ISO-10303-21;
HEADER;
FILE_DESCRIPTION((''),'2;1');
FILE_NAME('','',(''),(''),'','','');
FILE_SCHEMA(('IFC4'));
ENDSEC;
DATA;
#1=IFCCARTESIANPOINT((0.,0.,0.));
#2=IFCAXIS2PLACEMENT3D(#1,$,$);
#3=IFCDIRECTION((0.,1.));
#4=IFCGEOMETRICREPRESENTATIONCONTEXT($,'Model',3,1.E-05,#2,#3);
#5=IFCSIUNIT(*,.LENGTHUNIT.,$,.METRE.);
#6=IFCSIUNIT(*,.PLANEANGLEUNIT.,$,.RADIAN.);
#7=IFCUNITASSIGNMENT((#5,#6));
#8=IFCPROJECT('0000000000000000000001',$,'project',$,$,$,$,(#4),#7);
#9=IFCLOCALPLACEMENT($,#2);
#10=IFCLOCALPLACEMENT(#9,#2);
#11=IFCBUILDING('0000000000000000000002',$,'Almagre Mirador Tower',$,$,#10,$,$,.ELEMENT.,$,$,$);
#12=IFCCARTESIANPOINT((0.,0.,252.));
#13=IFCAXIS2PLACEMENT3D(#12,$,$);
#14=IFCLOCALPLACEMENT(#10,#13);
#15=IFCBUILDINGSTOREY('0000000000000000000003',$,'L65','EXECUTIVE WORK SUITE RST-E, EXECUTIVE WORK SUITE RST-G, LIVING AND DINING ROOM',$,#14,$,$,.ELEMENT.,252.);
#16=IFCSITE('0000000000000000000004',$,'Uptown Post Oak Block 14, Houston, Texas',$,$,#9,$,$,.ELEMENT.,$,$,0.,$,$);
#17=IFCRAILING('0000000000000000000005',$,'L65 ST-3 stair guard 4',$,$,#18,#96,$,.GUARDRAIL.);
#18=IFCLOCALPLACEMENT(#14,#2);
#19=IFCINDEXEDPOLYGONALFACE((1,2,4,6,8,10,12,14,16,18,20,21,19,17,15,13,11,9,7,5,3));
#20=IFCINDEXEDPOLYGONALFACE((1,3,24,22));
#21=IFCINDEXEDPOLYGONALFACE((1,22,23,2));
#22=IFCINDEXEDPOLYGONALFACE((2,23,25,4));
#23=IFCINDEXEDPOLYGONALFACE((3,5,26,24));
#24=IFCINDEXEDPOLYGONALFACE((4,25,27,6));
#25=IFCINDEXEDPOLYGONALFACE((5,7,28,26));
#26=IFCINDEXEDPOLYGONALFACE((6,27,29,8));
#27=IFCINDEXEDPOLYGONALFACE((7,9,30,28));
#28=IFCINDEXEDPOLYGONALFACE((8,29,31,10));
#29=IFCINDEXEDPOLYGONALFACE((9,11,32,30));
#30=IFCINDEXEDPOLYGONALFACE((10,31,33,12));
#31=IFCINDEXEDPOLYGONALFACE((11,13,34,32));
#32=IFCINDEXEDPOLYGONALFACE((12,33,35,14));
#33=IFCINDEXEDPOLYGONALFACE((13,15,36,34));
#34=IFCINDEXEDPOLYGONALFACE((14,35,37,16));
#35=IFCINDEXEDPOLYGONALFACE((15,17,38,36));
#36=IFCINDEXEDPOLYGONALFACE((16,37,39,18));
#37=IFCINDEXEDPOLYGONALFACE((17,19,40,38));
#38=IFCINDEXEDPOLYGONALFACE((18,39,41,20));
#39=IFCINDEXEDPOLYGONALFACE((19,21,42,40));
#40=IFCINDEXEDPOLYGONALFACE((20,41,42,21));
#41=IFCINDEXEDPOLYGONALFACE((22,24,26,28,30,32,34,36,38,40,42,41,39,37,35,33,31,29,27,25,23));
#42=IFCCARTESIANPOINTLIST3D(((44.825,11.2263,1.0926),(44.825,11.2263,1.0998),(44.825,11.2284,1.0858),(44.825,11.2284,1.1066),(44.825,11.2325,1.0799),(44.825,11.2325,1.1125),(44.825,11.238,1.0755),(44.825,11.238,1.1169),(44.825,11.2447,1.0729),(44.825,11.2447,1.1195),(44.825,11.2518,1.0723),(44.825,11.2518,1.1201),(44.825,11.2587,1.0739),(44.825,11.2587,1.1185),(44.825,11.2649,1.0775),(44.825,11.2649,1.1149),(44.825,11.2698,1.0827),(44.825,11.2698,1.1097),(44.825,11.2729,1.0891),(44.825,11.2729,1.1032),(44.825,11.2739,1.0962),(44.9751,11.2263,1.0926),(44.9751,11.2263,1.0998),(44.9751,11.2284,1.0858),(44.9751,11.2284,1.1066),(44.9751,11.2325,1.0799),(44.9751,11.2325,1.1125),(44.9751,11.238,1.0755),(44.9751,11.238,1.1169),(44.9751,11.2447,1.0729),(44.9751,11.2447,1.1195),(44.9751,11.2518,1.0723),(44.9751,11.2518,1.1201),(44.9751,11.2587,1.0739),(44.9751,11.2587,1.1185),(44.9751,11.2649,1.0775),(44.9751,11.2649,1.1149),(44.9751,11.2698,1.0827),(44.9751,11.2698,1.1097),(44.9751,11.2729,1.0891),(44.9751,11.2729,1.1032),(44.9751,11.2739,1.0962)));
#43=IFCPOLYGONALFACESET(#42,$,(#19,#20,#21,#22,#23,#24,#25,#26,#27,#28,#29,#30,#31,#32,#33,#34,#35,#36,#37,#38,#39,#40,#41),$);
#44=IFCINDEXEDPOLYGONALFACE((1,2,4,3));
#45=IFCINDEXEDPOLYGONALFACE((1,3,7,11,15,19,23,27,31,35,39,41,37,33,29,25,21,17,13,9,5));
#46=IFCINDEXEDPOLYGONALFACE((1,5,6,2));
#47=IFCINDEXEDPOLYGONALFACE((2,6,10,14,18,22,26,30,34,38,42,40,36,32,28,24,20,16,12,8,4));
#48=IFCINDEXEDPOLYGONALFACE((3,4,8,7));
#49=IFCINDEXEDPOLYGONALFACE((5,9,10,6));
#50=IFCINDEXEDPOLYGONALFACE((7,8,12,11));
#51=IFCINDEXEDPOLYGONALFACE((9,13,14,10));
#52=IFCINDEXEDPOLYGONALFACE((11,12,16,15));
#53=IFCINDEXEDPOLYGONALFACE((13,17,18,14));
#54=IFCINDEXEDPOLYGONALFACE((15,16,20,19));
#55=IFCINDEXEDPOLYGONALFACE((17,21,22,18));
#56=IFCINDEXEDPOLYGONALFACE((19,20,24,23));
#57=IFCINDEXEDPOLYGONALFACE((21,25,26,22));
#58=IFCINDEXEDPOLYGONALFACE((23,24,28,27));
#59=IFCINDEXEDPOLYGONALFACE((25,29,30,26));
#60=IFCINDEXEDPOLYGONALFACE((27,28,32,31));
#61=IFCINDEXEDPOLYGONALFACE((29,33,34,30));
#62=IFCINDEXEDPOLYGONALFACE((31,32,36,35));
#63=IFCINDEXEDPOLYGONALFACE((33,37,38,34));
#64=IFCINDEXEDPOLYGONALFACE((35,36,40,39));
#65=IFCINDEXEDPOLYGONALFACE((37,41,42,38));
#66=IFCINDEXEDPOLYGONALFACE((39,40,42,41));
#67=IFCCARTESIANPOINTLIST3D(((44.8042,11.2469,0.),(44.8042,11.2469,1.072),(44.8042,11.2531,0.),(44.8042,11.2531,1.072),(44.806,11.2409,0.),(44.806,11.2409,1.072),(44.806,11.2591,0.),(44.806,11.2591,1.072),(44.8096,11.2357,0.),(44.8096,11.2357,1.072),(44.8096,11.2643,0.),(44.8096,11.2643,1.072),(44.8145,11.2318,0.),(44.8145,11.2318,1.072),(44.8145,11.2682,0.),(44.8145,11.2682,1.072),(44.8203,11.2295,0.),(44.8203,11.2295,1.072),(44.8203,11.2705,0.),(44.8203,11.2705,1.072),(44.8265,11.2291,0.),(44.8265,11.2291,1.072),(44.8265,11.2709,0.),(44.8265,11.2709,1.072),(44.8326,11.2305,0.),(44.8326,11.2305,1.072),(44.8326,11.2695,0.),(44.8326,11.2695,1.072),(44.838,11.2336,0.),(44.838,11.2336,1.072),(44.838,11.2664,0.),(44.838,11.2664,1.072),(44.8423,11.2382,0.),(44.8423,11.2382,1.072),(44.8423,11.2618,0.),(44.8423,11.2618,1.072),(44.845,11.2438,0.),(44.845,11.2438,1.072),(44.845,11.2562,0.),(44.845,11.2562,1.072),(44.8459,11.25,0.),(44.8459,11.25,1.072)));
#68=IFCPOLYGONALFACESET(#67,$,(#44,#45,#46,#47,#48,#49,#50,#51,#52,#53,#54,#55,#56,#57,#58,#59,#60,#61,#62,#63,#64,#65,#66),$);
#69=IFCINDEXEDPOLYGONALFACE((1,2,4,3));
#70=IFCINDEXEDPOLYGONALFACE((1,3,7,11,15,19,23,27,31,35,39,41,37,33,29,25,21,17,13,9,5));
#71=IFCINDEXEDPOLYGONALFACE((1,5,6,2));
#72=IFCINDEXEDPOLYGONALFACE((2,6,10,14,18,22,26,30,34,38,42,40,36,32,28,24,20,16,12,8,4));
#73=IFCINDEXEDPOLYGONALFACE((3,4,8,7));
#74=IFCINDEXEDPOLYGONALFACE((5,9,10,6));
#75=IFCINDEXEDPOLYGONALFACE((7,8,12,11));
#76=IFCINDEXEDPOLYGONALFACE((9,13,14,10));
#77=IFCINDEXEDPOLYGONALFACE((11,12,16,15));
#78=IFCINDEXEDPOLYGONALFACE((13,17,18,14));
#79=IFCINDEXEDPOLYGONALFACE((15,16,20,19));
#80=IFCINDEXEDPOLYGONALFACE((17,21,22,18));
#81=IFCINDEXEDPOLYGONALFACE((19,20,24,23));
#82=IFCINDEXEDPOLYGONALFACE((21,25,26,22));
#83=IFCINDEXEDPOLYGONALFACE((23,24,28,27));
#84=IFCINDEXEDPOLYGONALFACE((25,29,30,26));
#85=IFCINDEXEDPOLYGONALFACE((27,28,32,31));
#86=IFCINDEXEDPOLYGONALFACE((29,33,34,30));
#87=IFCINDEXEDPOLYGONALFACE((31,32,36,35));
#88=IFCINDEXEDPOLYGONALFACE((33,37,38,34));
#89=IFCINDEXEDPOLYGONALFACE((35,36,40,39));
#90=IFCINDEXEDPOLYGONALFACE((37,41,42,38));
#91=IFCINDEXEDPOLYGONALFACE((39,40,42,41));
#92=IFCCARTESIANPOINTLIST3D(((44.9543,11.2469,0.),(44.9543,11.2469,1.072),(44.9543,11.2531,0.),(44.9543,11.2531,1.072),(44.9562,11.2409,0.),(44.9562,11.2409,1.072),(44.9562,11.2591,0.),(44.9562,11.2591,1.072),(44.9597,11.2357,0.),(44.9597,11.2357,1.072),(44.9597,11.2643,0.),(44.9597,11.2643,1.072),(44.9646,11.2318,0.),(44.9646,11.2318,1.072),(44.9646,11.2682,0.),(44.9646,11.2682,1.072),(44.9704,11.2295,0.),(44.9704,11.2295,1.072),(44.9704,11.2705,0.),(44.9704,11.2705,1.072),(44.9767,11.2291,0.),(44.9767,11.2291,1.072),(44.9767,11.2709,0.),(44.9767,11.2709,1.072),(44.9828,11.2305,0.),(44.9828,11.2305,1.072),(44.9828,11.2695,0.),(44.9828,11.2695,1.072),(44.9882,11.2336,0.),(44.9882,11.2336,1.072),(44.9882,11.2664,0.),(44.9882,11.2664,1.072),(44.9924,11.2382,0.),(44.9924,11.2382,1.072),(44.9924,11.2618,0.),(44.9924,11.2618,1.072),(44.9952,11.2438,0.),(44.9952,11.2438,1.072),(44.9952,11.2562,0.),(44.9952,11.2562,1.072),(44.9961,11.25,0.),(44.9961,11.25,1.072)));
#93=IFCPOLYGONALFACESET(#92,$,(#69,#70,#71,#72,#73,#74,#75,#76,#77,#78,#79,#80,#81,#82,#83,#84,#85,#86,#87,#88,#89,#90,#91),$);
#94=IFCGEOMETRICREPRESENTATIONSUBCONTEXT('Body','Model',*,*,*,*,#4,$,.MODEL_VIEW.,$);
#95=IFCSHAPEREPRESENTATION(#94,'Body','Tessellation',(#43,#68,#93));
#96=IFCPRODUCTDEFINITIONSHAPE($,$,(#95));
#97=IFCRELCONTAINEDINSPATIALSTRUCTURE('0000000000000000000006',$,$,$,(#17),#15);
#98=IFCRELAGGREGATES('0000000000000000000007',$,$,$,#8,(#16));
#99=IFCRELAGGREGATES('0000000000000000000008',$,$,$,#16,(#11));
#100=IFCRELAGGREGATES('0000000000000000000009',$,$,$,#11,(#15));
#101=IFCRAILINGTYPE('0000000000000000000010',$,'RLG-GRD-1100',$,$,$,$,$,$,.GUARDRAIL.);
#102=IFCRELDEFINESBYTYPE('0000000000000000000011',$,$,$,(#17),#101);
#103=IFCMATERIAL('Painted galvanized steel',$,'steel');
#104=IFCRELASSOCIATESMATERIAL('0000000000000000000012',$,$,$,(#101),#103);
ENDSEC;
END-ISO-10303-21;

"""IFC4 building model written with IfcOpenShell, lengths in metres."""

from ifc_helpers import new_model, si_unit, direction, frame, origin, origin_2d, place, context, subcontext, project, spatial, circle, extrude, material, type_object, element, save


model = new_model("IFC4")

# Units and contexts
model_context = context("Model", 3, precision=1e-05, world=origin(), true_north=direction((0.0, 1.0)))
body_context = subcontext(model_context, "Body", "Model", "MODEL_VIEW")
ifc_project = project(units=[si_unit("LENGTHUNIT", "METRE"), si_unit("PLANEANGLEUNIT", "RADIAN")], contexts=[model_context])

# Site, building, storey
site_placement = place(None, origin())
site = spatial("IfcSite", under=ifc_project, at=site_placement, Name="Uptown Post Oak Block 14, Houston, Texas", CompositionType="ELEMENT", RefElevation=0.0)
building_placement = place(site_placement, origin())
building = spatial("IfcBuilding", under=site, at=building_placement, Name="Almagre Mirador Tower", CompositionType="ELEMENT")
storey_placement = place(building_placement, frame((0.0, 0.0, 252.0)))
storey = spatial("IfcBuildingStorey", under=building, at=storey_placement, Name="L65", Description="EXECUTIVE WORK SUITE RST-E, EXECUTIVE WORK SUITE RST-G, LIVING AND DINING ROOM", CompositionType="ELEMENT", Elevation=252.0)

# Railing
ifc_material_1 = material(Name="Painted galvanized steel", Category="steel")
railing_type_1 = type_object("IfcRailingType", Name="RLG-GRD-1100", PredefinedType="GUARDRAIL", material=ifc_material_1)
railing_1_placement = place(storey_placement, frame((44.825, 11.25, 0.0)))
element("IfcRailing", 1, at=railing_1_placement, inside=storey, type_object=railing_type_1, Name="L65 ST-3 stair guard 4", PredefinedType="GUARDRAIL", context=body_context, shape_type="SweptSolid", body=[
    extrude(circle(Radius=0.0239, at=origin_2d()), frame((0.0, 0.0, 1.0962), z_axis=(1.0, 0.0, 0.0), x_axis=(0.0, 1.0, 0.0)), (0.0, 0.0, 1.0), 0.1501),
    extrude(circle(Radius=0.021, at=origin_2d()), origin(), (0.0, 0.0, 1.0), 1.072),
    extrude(circle(Radius=0.021, at=origin_2d()), frame((0.1501, 0.0, 0.0)), (0.0, 0.0, 1.0), 1.072),
])

save(model, "model.ifc")
